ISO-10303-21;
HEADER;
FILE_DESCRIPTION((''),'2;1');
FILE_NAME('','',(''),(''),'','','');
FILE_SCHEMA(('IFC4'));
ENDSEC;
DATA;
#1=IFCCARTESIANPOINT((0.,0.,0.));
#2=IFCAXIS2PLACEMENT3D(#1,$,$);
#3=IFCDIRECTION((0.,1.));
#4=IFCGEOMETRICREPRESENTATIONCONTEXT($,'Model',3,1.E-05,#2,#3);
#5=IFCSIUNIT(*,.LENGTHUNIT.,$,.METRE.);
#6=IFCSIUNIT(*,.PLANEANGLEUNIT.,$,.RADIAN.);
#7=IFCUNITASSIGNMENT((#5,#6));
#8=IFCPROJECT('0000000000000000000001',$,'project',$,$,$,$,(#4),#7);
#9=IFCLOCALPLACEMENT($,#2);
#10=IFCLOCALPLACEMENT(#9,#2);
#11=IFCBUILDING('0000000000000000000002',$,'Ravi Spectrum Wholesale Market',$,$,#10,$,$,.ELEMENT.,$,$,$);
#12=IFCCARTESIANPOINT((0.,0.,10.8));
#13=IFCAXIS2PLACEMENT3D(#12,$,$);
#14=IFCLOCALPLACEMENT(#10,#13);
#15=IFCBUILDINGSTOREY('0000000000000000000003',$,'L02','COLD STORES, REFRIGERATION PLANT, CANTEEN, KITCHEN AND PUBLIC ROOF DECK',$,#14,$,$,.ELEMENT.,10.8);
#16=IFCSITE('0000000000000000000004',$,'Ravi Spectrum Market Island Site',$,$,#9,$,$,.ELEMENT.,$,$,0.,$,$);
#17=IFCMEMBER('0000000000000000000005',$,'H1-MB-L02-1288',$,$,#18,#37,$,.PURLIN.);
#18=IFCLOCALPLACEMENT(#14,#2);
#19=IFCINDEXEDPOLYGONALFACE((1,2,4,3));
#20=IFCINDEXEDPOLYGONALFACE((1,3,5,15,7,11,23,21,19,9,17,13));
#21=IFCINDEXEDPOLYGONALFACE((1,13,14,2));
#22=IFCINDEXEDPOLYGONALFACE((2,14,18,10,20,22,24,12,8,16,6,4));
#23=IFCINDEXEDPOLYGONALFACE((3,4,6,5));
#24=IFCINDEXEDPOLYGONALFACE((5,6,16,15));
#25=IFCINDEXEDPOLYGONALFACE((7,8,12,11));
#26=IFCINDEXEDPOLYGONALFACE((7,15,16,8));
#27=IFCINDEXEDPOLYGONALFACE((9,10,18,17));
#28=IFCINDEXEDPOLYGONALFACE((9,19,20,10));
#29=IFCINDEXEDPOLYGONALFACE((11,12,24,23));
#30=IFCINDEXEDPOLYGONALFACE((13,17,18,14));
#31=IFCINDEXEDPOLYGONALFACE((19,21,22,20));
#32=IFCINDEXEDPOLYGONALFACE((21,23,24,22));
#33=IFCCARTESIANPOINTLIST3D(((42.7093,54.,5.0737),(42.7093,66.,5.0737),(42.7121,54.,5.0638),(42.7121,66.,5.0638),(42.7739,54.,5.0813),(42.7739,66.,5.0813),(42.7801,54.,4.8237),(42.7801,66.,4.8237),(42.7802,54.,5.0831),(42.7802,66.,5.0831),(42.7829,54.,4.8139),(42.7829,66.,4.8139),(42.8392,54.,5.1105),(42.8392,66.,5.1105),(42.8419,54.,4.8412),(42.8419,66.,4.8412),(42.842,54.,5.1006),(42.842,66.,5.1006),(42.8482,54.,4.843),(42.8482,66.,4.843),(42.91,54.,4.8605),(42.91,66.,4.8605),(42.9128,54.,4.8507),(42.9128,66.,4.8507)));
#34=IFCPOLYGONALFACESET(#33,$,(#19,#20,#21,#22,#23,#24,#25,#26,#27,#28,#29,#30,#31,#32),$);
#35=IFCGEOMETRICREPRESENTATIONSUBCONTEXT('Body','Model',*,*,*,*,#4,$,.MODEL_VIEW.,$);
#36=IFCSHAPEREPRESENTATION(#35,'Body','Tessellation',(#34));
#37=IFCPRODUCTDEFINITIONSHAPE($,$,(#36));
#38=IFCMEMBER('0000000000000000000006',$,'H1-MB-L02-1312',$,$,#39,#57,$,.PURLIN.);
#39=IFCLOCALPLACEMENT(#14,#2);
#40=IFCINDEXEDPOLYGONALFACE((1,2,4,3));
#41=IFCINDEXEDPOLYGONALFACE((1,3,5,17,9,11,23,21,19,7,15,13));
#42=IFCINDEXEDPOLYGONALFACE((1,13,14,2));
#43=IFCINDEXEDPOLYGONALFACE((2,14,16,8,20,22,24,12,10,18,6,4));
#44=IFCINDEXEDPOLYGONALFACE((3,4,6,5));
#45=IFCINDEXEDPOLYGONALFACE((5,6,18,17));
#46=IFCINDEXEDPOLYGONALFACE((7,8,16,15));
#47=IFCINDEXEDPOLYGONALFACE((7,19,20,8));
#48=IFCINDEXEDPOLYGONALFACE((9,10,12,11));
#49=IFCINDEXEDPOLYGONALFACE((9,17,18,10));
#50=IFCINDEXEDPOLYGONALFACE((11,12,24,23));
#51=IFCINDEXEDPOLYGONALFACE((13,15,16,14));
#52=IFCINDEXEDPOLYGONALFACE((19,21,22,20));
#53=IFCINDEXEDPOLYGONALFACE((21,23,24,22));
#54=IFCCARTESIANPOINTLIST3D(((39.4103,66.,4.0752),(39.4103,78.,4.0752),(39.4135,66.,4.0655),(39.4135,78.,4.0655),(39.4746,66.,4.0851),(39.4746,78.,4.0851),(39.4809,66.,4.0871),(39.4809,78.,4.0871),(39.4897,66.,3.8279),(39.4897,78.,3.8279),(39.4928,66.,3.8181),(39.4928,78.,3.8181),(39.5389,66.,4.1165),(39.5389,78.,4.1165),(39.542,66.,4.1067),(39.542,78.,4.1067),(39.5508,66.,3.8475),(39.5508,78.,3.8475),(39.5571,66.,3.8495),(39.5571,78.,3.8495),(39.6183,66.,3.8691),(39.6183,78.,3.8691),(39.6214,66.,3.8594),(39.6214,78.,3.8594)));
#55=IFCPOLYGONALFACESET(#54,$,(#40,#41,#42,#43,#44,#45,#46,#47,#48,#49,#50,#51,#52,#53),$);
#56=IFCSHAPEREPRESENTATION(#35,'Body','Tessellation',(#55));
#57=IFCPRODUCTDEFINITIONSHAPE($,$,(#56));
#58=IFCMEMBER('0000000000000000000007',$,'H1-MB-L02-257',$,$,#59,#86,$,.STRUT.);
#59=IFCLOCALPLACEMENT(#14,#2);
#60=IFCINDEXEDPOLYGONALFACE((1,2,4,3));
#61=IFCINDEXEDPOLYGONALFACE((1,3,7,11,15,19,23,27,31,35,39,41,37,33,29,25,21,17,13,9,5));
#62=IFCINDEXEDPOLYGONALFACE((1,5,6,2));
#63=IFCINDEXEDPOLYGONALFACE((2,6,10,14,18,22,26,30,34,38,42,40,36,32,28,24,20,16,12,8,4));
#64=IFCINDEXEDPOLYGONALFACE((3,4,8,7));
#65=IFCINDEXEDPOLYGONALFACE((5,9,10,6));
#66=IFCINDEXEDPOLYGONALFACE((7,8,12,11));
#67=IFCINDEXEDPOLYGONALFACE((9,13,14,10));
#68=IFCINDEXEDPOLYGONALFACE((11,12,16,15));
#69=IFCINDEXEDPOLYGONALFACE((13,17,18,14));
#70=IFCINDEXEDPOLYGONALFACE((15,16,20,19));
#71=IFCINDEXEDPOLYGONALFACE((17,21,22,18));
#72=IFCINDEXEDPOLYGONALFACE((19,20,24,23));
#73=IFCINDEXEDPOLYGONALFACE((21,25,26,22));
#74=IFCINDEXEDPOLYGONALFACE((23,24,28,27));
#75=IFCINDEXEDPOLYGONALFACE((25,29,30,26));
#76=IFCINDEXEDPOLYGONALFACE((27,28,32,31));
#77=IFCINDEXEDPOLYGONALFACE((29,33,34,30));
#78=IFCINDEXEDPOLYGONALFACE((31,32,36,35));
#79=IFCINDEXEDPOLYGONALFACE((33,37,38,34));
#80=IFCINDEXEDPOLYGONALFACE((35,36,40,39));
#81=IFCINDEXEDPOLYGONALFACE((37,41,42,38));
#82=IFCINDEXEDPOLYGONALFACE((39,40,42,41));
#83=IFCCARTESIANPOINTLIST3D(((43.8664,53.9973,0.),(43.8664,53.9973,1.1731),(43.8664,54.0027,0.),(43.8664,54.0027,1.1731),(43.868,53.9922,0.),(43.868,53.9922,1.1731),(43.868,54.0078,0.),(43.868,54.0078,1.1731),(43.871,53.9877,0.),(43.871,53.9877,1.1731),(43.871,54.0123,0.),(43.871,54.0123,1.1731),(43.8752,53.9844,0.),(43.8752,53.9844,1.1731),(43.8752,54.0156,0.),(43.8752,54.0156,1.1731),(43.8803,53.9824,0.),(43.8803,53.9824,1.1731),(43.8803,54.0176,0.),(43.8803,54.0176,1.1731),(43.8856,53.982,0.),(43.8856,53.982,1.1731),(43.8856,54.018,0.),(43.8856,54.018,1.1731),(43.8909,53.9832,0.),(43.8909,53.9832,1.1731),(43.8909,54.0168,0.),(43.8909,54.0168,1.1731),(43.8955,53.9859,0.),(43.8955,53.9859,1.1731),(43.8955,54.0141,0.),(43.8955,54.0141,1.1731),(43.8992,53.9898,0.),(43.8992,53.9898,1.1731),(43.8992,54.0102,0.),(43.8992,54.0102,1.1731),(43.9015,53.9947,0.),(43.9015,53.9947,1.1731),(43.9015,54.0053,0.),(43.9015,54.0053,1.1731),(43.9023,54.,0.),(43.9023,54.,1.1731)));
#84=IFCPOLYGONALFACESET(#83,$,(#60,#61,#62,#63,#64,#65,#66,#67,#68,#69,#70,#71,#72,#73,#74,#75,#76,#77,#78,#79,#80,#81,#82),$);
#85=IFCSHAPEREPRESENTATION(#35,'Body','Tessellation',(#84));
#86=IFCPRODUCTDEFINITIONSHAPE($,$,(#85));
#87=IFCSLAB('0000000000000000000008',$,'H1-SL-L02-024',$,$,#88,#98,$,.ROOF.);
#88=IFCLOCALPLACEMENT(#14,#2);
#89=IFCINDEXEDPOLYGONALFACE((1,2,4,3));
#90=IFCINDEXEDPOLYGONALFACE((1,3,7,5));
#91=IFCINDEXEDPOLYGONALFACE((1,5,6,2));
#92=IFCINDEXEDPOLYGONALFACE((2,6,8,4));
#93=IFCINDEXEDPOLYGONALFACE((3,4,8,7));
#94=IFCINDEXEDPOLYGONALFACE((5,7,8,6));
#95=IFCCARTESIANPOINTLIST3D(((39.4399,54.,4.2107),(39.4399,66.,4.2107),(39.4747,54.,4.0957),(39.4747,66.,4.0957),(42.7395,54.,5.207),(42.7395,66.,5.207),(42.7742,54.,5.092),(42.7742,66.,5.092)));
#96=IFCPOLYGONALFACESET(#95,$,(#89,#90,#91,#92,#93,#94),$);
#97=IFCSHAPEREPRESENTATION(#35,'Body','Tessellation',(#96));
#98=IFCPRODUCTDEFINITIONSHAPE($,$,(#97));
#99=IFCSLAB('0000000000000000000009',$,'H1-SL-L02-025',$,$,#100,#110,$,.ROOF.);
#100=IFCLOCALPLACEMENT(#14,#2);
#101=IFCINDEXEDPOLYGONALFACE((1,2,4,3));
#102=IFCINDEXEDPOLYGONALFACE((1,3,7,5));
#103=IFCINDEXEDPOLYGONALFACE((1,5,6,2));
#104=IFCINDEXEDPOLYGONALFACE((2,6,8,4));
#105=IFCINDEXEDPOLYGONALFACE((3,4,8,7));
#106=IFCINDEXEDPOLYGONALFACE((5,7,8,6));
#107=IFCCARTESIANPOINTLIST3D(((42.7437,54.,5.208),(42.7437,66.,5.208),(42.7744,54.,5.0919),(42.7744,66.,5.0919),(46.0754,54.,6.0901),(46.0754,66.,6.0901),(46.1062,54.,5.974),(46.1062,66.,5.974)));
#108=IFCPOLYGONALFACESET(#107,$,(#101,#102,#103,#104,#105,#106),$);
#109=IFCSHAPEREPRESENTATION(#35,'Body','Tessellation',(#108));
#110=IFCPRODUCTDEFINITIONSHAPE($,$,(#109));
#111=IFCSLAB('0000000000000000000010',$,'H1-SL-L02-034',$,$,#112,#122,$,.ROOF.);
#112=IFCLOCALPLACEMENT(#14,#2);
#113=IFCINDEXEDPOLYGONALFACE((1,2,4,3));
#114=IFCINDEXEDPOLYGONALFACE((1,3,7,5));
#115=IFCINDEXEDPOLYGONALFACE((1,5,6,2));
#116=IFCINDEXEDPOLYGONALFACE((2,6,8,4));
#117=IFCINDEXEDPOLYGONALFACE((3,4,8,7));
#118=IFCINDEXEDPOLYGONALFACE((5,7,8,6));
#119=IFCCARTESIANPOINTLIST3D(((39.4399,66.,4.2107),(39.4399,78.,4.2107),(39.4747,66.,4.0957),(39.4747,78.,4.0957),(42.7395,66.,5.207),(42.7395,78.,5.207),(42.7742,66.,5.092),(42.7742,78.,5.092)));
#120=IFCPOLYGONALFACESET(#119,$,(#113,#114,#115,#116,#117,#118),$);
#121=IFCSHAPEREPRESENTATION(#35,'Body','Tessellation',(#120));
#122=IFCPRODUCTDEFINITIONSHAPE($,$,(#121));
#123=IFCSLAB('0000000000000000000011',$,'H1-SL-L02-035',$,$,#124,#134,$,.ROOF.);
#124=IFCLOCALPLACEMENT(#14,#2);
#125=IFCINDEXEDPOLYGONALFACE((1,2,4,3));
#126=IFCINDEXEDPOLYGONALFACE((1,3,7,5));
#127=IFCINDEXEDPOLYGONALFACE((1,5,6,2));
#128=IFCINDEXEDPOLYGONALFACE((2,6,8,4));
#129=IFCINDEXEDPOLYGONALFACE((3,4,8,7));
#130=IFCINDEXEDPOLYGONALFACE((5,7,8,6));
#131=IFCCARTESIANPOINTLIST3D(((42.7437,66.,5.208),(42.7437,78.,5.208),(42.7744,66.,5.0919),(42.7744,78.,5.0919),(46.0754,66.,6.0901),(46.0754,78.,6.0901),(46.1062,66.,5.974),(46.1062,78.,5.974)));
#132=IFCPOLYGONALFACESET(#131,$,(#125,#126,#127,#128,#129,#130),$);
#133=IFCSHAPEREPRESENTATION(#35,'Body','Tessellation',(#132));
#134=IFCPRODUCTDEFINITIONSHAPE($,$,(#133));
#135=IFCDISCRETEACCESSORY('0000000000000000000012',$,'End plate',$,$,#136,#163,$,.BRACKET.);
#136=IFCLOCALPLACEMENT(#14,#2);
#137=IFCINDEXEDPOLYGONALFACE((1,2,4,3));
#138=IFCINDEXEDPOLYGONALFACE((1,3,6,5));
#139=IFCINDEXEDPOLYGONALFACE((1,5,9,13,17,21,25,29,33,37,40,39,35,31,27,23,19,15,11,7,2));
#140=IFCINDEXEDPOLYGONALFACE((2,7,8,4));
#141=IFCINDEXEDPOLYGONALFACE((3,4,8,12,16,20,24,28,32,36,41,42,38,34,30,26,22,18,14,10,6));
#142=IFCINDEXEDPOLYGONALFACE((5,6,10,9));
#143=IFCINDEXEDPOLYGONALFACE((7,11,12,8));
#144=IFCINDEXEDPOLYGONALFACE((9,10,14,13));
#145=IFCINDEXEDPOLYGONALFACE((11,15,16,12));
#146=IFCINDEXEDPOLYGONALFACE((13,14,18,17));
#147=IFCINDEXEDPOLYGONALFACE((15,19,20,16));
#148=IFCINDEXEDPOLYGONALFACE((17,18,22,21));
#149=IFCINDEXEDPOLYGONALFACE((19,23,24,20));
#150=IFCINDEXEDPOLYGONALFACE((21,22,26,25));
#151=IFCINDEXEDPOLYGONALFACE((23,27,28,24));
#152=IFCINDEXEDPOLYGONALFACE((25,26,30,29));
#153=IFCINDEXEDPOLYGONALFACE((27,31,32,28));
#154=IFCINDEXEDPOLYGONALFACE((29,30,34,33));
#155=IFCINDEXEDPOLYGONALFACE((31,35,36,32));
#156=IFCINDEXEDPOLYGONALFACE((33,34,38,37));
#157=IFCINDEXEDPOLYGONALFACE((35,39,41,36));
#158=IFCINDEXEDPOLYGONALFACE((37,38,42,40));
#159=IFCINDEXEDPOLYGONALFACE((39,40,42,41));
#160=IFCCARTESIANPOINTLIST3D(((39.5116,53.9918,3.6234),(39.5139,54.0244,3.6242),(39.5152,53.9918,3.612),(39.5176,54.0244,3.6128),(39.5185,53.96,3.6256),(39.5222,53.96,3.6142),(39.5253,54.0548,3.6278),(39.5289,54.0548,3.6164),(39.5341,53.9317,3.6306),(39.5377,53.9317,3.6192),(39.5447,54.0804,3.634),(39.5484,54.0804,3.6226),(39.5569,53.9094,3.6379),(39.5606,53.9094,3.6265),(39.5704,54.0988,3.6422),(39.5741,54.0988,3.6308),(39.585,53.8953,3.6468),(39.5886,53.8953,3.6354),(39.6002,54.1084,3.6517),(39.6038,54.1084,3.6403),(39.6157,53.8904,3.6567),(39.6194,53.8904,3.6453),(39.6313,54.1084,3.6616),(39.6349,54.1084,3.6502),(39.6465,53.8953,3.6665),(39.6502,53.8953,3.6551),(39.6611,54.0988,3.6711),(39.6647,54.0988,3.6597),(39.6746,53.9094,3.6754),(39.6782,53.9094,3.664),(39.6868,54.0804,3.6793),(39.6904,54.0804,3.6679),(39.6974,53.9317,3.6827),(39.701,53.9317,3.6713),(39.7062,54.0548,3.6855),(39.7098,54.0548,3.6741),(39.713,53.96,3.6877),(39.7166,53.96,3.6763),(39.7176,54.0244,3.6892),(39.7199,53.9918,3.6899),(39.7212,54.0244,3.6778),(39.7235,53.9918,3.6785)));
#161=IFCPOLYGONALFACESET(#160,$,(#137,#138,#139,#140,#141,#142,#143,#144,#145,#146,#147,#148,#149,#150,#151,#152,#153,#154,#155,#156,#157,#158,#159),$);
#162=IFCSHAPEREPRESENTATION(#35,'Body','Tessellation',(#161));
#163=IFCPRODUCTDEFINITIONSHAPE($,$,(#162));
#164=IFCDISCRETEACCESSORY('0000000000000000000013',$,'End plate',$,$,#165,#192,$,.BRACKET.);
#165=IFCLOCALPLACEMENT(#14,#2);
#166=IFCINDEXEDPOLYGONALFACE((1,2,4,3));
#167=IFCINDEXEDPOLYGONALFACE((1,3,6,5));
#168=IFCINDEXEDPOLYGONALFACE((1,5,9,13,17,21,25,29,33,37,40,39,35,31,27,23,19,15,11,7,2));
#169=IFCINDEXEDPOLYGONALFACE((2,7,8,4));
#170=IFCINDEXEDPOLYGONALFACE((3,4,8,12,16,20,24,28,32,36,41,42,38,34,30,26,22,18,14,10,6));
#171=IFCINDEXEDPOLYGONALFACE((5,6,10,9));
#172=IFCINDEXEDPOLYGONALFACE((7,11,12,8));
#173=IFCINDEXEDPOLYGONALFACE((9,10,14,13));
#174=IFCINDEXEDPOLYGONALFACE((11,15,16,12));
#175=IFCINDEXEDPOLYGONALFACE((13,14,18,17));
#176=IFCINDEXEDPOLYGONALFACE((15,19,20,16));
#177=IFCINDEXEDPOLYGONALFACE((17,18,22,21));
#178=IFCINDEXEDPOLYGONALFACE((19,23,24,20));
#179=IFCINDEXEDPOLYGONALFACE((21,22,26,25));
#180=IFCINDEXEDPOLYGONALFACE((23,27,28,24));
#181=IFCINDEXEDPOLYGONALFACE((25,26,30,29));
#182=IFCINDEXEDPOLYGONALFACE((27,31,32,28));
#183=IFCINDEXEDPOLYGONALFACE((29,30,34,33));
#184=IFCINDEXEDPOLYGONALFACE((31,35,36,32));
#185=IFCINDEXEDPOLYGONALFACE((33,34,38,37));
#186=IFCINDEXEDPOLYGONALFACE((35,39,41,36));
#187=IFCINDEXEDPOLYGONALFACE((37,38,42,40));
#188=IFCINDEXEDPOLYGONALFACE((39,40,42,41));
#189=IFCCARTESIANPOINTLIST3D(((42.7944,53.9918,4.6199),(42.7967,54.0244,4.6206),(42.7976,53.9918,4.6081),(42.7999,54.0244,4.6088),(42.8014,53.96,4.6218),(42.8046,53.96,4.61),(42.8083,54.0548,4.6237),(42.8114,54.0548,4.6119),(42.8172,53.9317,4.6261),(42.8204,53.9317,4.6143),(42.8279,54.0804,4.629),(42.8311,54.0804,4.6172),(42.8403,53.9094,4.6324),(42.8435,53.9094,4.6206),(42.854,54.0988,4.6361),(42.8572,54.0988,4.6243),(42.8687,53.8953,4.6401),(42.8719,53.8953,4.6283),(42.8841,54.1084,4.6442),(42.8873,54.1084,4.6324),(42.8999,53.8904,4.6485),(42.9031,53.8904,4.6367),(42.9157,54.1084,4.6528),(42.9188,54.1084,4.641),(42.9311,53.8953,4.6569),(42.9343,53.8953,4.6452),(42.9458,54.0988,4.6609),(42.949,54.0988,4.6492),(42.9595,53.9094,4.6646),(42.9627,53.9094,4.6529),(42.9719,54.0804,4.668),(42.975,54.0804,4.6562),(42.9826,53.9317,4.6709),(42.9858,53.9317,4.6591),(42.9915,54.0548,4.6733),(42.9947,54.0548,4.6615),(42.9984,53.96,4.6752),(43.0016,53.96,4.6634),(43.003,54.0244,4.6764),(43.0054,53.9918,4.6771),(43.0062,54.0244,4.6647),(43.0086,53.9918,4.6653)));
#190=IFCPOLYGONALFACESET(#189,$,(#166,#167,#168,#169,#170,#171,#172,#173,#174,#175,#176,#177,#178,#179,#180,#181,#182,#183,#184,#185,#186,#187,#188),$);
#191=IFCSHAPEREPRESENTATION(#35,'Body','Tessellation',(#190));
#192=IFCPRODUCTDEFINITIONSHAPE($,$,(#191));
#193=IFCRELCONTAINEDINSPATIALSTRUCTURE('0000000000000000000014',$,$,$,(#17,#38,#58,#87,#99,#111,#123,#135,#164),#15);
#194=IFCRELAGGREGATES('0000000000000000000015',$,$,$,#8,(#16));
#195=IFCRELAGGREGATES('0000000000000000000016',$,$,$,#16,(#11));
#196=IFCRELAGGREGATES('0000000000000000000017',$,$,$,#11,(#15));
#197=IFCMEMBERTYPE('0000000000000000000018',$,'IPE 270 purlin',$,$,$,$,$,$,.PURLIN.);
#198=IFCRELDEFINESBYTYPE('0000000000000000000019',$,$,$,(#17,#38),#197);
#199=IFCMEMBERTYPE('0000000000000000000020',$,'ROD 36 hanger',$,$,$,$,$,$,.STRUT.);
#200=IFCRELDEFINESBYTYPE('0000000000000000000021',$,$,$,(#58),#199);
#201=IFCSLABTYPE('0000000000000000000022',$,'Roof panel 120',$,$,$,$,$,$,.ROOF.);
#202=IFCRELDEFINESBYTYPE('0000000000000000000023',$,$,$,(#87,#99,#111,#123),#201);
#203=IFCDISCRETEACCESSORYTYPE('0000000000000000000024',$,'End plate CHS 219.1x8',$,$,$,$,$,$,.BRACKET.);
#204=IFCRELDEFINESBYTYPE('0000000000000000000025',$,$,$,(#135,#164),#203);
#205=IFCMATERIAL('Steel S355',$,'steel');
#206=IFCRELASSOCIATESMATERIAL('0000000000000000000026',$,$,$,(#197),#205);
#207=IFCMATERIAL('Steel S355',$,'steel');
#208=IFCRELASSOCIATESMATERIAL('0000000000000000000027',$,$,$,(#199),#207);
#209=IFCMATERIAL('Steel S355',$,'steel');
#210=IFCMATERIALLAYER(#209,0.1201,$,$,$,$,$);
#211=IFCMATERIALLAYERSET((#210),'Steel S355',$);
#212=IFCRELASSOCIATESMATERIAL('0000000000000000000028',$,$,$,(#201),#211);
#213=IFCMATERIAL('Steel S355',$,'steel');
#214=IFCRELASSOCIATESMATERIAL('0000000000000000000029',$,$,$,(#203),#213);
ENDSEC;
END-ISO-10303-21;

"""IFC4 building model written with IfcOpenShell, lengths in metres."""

from ifc_helpers import new_model, si_unit, direction, frame, origin, origin_2d, place, context, subcontext, project, spatial, polyline, circle, i_section, outline, extrude, material, layer, layer_set, material_profile, profile_set, type_object, element, save


model = new_model("IFC4")

# Units and contexts
model_context = context("Model", 3, precision=1e-05, world=origin(), true_north=direction((0.0, 1.0)))
body_context = subcontext(model_context, "Body", "Model", "MODEL_VIEW")
ifc_project = project(units=[si_unit("LENGTHUNIT", "METRE"), si_unit("PLANEANGLEUNIT", "RADIAN")], contexts=[model_context])

# Site, building, storey
site_placement = place(None, origin())
site = spatial("IfcSite", under=ifc_project, at=site_placement, Name="Ravi Spectrum Market Island Site", CompositionType="ELEMENT", RefElevation=0.0)
building_placement = place(site_placement, origin())
building = spatial("IfcBuilding", under=site, at=building_placement, Name="Ravi Spectrum Wholesale Market", CompositionType="ELEMENT")
storey_placement = place(building_placement, frame((0.0, 0.0, 10.8)))
storey = spatial("IfcBuildingStorey", under=building, at=storey_placement, Name="L02", Description="COLD STORES, REFRIGERATION PLANT, CANTEEN, KITCHEN AND PUBLIC ROOF DECK", CompositionType="ELEMENT", Elevation=10.8)

# Members
ifc_material_1 = material(Name="Steel S355", Category="steel")
ifc_material_profile_1 = material_profile(ifc_material_1, i_section(OverallWidth=0.135, OverallDepth=0.27, WebThickness=0.0066, FlangeThickness=0.0103, at=origin_2d()))
ifc_profile_set_1 = profile_set([ifc_material_profile_1], Name="Steel S355")
member_type_1 = type_object("IfcMemberType", Name="IPE 270 purlin", PredefinedType="PURLIN", material=ifc_profile_set_1)
for number, where, z_axis, x_axis, name in (
    (1, (42.811, 54.0, 4.9622), (0.0, 1.0, 0.0), (-0.962156, 0.0, -0.272499), "H1-MB-L02-1288"),
    (2, (39.5159, 66.0, 3.9673), (0.0, 1.0, 0.0), (-0.952184, 0.0, -0.305524), "H1-MB-L02-1312"),
):
    element("IfcMember", number, at=place(storey_placement, frame(where, z_axis=z_axis, x_axis=x_axis)), inside=storey, type_object=member_type_1, Name=name, PredefinedType="PURLIN", context=body_context, shape_type="SweptSolid", body=[
        extrude(i_section(OverallWidth=0.135, OverallDepth=0.27, WebThickness=0.0066, FlangeThickness=0.0103, at=origin_2d()), origin(), (0.0, 0.0, 1.0), 12.0),
    ])
ifc_material_2 = material(Name="Steel S355", Category="steel")
ifc_material_profile_2 = material_profile(ifc_material_2, circle(Radius=0.0181, at=origin_2d()))
ifc_profile_set_2 = profile_set([ifc_material_profile_2], Name="Steel S355")
member_type_2 = type_object("IfcMemberType", Name="ROD 36 hanger", PredefinedType="STRUT", material=ifc_profile_set_2)
member_1_placement = place(storey_placement, frame((43.8843, 54.0, 0.0), z_axis=(0.0, 0.0, 1.0), x_axis=(1.0, 0.0, 0.0)))
element("IfcMember", 3, at=member_1_placement, inside=storey, type_object=member_type_2, Name="H1-MB-L02-257", PredefinedType="STRUT", context=body_context, shape_type="SweptSolid", body=[
    extrude(circle(Radius=0.0181, at=origin_2d()), origin(), (0.0, 0.0, 1.0), 1.1731),
])

# Slabs
ifc_material_3 = material(Name="Steel S355", Category="steel")
ifc_layer = layer(ifc_material_3, 0.1201)
ifc_layer_set = layer_set([ifc_layer], Name="Steel S355")
slab_type = type_object("IfcSlabType", Name="Roof panel 120", PredefinedType="ROOF", material=ifc_layer_set)
slab_1_placement = place(storey_placement, frame((39.4399, 54.0, 4.2107), z_axis=(-0.28907, 0.0, 0.957308), x_axis=(0.957308, 0.0, 0.28907)))
element("IfcSlab", 4, at=slab_1_placement, inside=storey, type_object=slab_type, Name="H1-SL-L02-024", PredefinedType="ROOF", context=body_context, shape_type="SweptSolid", body=[
    extrude(outline(polyline([(0.0, 0.0), (3.4467, 0.0), (3.4467, 12.0), (0.0, 12.0), (0.0, 0.0)])), origin(), (0.0, 0.0, -1.0), 0.1201),
])
slab_2_placement = place(storey_placement, frame((42.7437, 54.0, 5.208), z_axis=(-0.25593, 0.0, 0.966695), x_axis=(0.966695, 0.0, 0.25593)))
element("IfcSlab", 5, at=slab_2_placement, inside=storey, type_object=slab_type, Name="H1-SL-L02-025", PredefinedType="ROOF", context=body_context, shape_type="SweptSolid", body=[
    extrude(outline(polyline([(0.0, 0.0), (3.4466, 0.0), (3.4466, 12.0), (0.0, 12.0), (0.0, 0.0)])), origin(), (0.0, 0.0, -1.0), 0.1201),
])
slab_3_placement = place(storey_placement, frame((39.4399, 66.0, 4.2107), z_axis=(-0.28907, 0.0, 0.957308), x_axis=(0.957308, 0.0, 0.28907)))
element("IfcSlab", 6, at=slab_3_placement, inside=storey, type_object=slab_type, Name="H1-SL-L02-034", PredefinedType="ROOF", context=body_context, shape_type="SweptSolid", body=[
    extrude(outline(polyline([(0.0, 0.0), (3.4467, 0.0), (3.4467, 12.0), (0.0, 12.0), (0.0, 0.0)])), origin(), (0.0, 0.0, -1.0), 0.1201),
])
slab_4_placement = place(storey_placement, frame((42.7437, 66.0, 5.208), z_axis=(-0.25593, 0.0, 0.966695), x_axis=(0.966695, 0.0, 0.25593)))
element("IfcSlab", 7, at=slab_4_placement, inside=storey, type_object=slab_type, Name="H1-SL-L02-035", PredefinedType="ROOF", context=body_context, shape_type="SweptSolid", body=[
    extrude(outline(polyline([(0.0, 0.0), (3.4466, 0.0), (3.4466, 12.0), (0.0, 12.0), (0.0, 0.0)])), origin(), (0.0, 0.0, -1.0), 0.1201),
])

# Discrete accessories
ifc_material_4 = material(Name="Steel S355", Category="steel")
ifc_material_profile_3 = material_profile(ifc_material_4, circle(Radius=0.1096, at=origin_2d()))
ifc_profile_set_3 = profile_set([ifc_material_profile_3], Name="Steel S355")
discrete_accessory_type_1 = type_object("IfcDiscreteAccessoryType", Name="End plate CHS 219.1x8", PredefinedType="BRACKET", material=ifc_profile_set_3)
discrete_accessory_1_placement = place(storey_placement, frame((39.6194, 54.0, 3.6453), z_axis=(-0.30404, 0.0, 0.952659), x_axis=(0.0, -1.0, 0.0)))
element("IfcDiscreteAccessory", 8, at=discrete_accessory_1_placement, inside=storey, type_object=discrete_accessory_type_1, Name="End plate", PredefinedType="BRACKET", context=body_context, shape_type="SweptSolid", body=[
    extrude(circle(Radius=0.1096, at=origin_2d()), origin(), (0.0, 0.0, 1.0), 0.012),
])
discrete_accessory_2_placement = place(storey_placement, frame((42.9031, 54.0, 4.6367), z_axis=(-0.261415, 0.0, 0.965226), x_axis=(0.0, -1.0, 0.0)))
element("IfcDiscreteAccessory", 9, at=discrete_accessory_2_placement, inside=storey, type_object=discrete_accessory_type_1, Name="End plate", PredefinedType="BRACKET", context=body_context, shape_type="SweptSolid", body=[
    extrude(circle(Radius=0.1096, at=origin_2d()), origin(), (0.0, 0.0, 1.0), 0.0122),
])

save(model, "model.ifc")
